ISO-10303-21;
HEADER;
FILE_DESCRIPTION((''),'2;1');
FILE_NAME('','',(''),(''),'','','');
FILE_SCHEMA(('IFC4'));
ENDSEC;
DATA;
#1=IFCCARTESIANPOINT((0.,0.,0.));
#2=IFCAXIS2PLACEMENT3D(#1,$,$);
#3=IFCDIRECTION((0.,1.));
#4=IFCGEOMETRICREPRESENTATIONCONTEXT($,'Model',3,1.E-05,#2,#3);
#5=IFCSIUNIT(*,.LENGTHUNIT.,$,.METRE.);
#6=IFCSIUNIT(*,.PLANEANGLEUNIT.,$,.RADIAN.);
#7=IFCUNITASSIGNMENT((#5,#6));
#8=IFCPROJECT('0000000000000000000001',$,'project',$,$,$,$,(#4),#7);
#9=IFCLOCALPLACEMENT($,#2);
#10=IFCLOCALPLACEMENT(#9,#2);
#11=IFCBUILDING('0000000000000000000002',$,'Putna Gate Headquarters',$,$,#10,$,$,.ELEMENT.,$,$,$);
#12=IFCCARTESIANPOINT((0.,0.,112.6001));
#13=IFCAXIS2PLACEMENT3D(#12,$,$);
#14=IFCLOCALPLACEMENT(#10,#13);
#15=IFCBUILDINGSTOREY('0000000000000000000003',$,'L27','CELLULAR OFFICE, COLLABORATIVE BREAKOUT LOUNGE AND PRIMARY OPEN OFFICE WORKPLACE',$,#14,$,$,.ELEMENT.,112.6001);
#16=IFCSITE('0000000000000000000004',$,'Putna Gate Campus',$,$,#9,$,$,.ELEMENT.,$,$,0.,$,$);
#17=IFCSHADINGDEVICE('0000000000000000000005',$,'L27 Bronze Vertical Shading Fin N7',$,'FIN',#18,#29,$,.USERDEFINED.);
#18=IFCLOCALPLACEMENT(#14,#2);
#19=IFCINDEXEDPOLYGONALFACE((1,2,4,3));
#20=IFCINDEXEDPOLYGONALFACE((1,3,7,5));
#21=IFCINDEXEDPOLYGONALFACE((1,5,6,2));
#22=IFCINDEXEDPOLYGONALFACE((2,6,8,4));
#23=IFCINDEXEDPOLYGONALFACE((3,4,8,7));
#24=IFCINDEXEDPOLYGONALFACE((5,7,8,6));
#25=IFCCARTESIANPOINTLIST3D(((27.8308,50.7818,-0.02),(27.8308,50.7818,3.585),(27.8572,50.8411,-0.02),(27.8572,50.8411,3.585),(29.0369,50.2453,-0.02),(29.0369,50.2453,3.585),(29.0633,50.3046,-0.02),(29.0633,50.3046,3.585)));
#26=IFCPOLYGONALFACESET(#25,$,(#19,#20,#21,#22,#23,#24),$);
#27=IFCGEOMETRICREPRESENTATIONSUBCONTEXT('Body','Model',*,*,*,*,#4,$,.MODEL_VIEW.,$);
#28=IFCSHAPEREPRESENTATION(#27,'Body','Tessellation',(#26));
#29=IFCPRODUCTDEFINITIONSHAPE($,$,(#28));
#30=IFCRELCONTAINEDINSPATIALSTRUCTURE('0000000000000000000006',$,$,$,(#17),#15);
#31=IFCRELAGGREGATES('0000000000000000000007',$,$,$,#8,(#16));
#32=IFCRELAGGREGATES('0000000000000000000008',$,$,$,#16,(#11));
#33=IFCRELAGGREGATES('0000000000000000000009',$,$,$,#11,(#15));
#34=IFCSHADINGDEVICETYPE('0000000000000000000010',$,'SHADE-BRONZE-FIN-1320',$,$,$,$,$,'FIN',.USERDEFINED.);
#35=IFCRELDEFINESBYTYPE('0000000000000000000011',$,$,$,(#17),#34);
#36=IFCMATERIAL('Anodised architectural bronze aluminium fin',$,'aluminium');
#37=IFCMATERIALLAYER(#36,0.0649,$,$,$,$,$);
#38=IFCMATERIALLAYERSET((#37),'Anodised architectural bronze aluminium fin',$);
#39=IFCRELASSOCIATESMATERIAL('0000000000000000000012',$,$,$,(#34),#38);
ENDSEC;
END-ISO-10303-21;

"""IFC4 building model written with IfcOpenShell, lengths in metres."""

from ifc_helpers import new_model, si_unit, direction, frame, origin, origin_2d, place, context, subcontext, project, spatial, rectangle, extrude, material, layer, layer_set, type_object, element, save


model = new_model("IFC4")

# Units and contexts
model_context = context("Model", 3, precision=1e-05, world=origin(), true_north=direction((0.0, 1.0)))
body_context = subcontext(model_context, "Body", "Model", "MODEL_VIEW")
ifc_project = project(units=[si_unit("LENGTHUNIT", "METRE"), si_unit("PLANEANGLEUNIT", "RADIAN")], contexts=[model_context])

# Site, building, storey
site_placement = place(None, origin())
site = spatial("IfcSite", under=ifc_project, at=site_placement, Name="Putna Gate Campus", CompositionType="ELEMENT", RefElevation=0.0)
building_placement = place(site_placement, origin())
building = spatial("IfcBuilding", under=site, at=building_placement, Name="Putna Gate Headquarters", CompositionType="ELEMENT")
storey_placement = place(building_placement, frame((0.0, 0.0, 112.6001)))
storey = spatial("IfcBuildingStorey", under=building, at=storey_placement, Name="L27", Description="CELLULAR OFFICE, COLLABORATIVE BREAKOUT LOUNGE AND PRIMARY OPEN OFFICE WORKPLACE", CompositionType="ELEMENT", Elevation=112.6001)

# Shading device
ifc_material_1 = material(Name="Anodised architectural bronze aluminium fin", Category="aluminium")
ifc_layer_1 = layer(ifc_material_1, 0.0649)
ifc_layer_set_1 = layer_set([ifc_layer_1], Name="Anodised architectural bronze aluminium fin")
shading_device_type = type_object("IfcShadingDeviceType", Name="SHADE-BRONZE-FIN-1320", ElementType="FIN", PredefinedType="USERDEFINED", material=ifc_layer_set_1)
for number, where, z_axis, x_axis, name in (
    (1, (28.447, 50.5432, -0.02), (0.0, 0.0, 1.0), (-0.913687, 0.406418, 0.0), "L27 Bronze Vertical Shading Fin N7"),
):
    element("IfcShadingDevice", number, at=place(storey_placement, frame(where, z_axis=z_axis, x_axis=x_axis)), inside=storey, type_object=shading_device_type, Name=name, ObjectType="FIN", PredefinedType="USERDEFINED", context=body_context, shape_type="SweptSolid", body=[
        extrude(rectangle(XDim=1.3201, YDim=0.0649, at=origin_2d()), origin(), (0.0, 0.0, 1.0), 3.605),
    ])

save(model, "model.ifc")
